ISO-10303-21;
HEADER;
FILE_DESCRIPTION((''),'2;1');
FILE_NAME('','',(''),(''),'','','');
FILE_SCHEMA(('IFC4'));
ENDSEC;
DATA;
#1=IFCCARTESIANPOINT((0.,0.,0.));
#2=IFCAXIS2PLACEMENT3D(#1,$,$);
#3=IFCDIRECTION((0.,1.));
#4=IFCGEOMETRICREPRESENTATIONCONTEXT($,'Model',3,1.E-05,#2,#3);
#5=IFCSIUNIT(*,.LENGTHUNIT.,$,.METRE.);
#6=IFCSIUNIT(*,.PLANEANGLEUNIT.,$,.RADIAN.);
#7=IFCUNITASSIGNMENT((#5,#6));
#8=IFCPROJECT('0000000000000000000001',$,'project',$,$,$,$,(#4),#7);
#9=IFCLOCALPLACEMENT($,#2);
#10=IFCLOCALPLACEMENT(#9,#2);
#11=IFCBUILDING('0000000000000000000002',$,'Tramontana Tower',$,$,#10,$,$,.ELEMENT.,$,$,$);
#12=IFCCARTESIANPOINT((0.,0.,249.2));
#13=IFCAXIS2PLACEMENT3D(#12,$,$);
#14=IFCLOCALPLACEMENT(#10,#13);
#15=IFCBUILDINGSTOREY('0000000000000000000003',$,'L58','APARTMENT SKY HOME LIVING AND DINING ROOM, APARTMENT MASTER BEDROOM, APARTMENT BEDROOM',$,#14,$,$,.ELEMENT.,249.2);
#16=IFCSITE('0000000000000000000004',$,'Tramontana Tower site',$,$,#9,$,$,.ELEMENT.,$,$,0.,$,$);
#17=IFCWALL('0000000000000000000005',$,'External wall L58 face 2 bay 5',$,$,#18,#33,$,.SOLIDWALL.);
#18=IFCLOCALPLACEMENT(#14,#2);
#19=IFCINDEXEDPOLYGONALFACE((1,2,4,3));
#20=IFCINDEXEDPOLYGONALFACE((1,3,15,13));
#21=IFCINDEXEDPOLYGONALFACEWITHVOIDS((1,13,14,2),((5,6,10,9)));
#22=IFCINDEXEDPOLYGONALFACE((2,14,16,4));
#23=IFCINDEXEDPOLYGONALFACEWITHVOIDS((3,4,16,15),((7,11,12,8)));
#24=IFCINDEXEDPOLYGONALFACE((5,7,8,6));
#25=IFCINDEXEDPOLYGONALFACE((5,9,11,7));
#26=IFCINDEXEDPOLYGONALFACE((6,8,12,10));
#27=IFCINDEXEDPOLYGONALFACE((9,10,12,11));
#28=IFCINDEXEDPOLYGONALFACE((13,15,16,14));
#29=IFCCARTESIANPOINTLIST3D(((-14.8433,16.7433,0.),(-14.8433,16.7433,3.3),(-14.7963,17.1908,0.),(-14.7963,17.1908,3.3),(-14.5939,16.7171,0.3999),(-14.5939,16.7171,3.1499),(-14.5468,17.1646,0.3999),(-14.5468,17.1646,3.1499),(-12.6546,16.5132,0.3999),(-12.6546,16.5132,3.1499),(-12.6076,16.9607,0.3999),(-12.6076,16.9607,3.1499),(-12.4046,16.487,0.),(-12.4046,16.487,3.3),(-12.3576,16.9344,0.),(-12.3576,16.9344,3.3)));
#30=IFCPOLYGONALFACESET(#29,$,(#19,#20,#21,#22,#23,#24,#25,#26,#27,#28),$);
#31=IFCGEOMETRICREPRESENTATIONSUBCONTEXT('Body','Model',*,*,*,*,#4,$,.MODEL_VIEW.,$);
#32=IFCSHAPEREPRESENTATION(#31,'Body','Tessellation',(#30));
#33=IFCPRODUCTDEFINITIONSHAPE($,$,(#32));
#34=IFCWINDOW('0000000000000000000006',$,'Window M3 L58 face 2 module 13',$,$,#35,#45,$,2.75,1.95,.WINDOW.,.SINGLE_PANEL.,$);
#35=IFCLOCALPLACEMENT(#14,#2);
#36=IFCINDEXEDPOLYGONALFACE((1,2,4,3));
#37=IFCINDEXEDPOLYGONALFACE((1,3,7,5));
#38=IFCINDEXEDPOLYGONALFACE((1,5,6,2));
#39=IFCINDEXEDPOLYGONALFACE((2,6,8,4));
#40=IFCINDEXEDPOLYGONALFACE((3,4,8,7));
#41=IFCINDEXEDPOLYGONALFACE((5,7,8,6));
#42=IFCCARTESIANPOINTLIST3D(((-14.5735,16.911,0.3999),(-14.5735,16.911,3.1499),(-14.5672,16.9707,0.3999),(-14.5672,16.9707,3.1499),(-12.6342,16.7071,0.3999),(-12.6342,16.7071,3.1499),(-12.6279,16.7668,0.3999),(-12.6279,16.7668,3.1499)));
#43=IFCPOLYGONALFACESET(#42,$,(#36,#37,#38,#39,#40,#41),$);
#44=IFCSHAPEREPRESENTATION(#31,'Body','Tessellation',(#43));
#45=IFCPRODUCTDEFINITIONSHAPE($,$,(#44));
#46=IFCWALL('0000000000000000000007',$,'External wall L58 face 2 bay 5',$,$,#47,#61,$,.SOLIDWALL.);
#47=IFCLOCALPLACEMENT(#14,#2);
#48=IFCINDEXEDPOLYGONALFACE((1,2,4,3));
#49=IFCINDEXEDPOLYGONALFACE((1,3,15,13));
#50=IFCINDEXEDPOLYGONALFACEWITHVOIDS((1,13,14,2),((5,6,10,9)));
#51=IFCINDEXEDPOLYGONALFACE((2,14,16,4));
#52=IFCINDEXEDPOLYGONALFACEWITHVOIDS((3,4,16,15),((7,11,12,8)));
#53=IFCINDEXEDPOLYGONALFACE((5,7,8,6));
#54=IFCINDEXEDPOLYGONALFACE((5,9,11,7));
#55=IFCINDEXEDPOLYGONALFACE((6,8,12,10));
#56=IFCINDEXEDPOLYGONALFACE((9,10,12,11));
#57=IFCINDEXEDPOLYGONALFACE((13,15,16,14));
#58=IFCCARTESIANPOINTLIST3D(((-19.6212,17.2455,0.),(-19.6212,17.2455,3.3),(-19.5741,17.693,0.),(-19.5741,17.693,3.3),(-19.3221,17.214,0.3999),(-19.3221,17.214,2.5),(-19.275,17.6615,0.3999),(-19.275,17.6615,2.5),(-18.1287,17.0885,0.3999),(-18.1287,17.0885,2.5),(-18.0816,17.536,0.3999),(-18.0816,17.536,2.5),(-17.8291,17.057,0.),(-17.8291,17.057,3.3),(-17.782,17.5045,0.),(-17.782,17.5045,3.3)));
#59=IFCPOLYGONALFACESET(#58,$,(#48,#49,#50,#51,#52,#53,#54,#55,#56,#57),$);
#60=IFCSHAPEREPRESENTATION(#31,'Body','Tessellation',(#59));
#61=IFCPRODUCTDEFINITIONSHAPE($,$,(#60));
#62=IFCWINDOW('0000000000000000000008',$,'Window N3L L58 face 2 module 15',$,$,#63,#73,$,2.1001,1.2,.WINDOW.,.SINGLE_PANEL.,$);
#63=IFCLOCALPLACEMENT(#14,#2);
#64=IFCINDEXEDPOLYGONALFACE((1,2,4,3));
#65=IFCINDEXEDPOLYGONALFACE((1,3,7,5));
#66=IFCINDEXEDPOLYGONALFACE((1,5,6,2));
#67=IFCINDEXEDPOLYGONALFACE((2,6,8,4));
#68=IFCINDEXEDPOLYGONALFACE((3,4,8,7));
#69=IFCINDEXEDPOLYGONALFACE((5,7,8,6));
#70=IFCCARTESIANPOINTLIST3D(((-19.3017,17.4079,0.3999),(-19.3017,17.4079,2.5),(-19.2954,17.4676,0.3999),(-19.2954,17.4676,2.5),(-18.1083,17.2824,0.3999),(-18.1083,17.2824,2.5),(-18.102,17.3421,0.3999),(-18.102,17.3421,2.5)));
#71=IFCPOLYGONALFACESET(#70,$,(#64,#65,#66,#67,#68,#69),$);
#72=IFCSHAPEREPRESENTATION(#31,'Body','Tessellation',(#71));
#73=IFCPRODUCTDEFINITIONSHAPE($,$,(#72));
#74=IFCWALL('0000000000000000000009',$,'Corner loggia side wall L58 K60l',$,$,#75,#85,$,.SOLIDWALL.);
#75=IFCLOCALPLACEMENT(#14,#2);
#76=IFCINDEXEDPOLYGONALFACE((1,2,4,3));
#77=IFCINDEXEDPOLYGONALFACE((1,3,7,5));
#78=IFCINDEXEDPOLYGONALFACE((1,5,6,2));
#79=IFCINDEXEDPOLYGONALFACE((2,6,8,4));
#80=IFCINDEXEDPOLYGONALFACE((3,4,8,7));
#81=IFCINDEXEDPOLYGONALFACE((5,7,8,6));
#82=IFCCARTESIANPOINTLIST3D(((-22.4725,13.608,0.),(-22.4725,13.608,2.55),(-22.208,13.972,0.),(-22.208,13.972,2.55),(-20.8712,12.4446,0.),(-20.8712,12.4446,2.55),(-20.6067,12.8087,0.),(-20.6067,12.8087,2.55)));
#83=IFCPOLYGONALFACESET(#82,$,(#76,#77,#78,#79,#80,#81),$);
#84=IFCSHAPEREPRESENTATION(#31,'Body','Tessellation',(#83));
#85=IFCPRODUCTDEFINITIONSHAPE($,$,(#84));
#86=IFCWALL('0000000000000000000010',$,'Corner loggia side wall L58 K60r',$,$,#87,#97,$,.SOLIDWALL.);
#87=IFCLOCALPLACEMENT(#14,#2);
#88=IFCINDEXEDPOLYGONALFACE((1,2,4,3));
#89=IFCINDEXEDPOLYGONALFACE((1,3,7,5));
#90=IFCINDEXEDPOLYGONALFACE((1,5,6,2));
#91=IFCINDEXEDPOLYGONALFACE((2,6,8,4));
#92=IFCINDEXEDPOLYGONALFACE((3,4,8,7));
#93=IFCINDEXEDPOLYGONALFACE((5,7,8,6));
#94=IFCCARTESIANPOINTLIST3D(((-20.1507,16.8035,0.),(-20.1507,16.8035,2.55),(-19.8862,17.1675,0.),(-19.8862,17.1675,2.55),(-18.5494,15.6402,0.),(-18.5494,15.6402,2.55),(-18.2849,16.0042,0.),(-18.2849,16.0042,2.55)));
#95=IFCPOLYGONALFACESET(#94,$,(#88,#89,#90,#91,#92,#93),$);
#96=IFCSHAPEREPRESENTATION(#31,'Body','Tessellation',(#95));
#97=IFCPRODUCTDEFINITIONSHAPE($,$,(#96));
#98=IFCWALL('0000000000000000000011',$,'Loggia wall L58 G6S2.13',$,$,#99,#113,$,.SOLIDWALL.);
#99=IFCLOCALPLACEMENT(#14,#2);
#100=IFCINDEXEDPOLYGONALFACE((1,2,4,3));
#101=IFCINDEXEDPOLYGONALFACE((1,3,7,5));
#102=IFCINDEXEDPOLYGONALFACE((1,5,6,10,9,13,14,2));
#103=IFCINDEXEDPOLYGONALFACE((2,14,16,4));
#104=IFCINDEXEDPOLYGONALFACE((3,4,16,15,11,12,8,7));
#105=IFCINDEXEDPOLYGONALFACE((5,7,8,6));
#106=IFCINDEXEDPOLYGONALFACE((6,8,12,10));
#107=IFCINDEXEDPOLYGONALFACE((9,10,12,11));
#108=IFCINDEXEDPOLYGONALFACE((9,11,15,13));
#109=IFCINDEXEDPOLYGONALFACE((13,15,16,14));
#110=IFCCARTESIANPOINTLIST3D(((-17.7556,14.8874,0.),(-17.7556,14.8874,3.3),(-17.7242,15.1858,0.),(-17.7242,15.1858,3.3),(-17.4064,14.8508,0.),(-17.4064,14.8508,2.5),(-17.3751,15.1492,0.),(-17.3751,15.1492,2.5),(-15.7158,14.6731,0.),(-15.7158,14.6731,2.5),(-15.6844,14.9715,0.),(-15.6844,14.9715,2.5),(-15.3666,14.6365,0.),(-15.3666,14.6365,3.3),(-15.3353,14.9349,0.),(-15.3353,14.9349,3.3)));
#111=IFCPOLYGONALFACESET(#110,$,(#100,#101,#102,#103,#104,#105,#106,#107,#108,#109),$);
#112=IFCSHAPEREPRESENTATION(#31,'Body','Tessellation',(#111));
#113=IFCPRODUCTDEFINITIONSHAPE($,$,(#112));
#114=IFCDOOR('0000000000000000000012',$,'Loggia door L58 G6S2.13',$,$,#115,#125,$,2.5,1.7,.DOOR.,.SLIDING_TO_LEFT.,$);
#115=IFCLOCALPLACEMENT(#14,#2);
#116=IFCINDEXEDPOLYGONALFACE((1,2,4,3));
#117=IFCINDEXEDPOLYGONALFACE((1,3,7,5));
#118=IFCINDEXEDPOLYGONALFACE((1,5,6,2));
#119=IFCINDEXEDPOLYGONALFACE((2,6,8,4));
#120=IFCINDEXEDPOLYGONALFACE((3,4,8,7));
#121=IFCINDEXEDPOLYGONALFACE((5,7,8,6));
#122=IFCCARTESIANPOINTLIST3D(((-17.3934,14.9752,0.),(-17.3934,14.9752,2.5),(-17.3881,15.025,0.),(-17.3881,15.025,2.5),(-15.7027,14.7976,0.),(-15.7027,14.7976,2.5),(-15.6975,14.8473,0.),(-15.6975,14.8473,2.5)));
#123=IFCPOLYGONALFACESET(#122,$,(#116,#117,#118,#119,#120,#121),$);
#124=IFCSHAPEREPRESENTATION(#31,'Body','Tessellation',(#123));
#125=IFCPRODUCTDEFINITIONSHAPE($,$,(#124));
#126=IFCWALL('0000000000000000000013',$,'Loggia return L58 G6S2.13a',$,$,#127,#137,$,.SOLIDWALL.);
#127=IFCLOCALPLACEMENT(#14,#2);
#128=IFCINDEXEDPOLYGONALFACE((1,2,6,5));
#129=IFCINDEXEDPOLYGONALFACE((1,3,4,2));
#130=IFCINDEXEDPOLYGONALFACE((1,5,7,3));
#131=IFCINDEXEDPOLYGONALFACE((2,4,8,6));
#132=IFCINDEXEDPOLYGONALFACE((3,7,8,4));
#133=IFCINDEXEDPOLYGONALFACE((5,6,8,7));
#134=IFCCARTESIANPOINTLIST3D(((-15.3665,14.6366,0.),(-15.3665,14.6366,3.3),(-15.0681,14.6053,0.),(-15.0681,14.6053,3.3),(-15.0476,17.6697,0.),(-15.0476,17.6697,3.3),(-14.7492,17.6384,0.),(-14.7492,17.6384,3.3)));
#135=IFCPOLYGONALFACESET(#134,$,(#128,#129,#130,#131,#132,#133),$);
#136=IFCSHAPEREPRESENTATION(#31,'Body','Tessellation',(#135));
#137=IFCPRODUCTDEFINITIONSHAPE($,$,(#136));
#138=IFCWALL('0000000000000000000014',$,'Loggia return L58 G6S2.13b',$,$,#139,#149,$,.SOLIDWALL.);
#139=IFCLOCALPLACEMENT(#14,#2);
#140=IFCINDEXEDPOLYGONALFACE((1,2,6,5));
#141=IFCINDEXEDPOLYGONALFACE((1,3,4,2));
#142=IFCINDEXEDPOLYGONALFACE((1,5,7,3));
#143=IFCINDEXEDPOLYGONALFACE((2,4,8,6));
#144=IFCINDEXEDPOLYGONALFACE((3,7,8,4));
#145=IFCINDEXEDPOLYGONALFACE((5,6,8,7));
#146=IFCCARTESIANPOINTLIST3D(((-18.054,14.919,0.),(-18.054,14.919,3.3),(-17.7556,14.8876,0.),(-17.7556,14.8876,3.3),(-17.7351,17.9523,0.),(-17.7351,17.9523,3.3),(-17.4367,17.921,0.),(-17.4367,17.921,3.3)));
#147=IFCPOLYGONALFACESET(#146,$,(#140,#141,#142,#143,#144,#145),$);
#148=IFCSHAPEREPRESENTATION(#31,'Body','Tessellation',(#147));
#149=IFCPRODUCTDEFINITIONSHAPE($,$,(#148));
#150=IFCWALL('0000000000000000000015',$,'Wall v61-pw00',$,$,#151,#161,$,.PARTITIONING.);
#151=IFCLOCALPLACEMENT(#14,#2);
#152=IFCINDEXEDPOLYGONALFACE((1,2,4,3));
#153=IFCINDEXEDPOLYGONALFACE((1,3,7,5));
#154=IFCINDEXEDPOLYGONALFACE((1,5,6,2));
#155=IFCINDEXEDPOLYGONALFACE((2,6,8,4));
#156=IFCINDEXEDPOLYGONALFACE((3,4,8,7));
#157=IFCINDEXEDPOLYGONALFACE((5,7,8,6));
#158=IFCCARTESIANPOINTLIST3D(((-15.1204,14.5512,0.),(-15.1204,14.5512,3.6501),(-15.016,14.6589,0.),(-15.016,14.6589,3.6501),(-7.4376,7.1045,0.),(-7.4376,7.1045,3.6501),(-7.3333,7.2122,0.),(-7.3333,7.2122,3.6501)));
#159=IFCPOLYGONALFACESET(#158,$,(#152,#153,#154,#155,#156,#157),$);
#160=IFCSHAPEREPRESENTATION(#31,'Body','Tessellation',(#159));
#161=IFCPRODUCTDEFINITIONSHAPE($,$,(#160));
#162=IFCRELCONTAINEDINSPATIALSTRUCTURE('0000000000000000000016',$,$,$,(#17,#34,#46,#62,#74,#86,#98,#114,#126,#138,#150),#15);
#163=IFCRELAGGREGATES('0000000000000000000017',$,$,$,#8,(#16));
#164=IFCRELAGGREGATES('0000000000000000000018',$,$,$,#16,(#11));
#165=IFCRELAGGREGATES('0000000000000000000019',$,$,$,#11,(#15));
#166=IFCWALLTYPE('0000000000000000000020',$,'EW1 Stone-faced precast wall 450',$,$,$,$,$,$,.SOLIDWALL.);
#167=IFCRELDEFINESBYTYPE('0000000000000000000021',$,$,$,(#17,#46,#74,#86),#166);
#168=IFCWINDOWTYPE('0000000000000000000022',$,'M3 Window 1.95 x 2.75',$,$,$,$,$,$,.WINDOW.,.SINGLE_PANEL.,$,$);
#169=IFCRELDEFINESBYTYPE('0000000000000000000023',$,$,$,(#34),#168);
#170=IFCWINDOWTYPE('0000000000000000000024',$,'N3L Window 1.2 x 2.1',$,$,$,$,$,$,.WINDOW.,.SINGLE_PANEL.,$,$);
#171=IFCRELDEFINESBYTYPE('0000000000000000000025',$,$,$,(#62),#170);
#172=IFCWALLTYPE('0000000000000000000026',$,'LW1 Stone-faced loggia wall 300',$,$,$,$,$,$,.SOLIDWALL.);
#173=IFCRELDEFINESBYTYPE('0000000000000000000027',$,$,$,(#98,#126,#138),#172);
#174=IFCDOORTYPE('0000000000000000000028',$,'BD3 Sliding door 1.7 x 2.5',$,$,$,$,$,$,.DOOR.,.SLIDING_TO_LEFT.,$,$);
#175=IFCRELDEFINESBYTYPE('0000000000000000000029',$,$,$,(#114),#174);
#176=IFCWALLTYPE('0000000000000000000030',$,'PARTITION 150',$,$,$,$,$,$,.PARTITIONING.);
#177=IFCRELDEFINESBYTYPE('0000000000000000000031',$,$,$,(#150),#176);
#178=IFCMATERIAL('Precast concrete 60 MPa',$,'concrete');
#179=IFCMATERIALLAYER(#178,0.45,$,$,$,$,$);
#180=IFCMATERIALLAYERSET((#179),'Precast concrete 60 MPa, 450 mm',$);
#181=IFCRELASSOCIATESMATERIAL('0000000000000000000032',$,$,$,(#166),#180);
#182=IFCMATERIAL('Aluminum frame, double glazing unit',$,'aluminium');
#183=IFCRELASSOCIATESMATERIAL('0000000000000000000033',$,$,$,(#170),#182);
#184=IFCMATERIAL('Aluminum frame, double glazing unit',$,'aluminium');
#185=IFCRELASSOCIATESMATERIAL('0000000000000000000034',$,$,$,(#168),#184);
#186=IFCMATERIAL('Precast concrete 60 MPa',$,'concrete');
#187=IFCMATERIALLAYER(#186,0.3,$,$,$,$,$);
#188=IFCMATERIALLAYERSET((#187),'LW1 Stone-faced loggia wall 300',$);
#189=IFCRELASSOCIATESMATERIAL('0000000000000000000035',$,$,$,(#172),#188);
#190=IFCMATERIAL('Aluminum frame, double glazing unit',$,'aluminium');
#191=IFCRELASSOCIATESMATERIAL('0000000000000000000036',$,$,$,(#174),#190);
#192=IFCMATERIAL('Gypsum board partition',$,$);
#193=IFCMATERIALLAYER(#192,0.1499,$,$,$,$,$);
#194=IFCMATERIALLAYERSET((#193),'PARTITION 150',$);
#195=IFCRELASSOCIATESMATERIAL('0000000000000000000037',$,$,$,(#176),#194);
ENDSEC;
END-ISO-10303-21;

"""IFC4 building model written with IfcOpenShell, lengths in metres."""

from ifc_helpers import new_model, si_unit, direction, frame, frame_2d, origin, place, context, subcontext, project, spatial, rectangle, extrude, material, layer, layer_set, type_object, element, fill, save


model = new_model("IFC4")

# Units and contexts
model_context = context("Model", 3, precision=1e-05, world=origin(), true_north=direction((0.0, 1.0)))
body_context = subcontext(model_context, "Body", "Model", "MODEL_VIEW")
ifc_project = project(units=[si_unit("LENGTHUNIT", "METRE"), si_unit("PLANEANGLEUNIT", "RADIAN")], contexts=[model_context])

# Site, building, storey
site_placement = place(None, origin())
site = spatial("IfcSite", under=ifc_project, at=site_placement, Name="Tramontana Tower site", CompositionType="ELEMENT", RefElevation=0.0)
building_placement = place(site_placement, origin())
building = spatial("IfcBuilding", under=site, at=building_placement, Name="Tramontana Tower", CompositionType="ELEMENT")
storey_placement = place(building_placement, frame((0.0, 0.0, 249.2)))
storey = spatial("IfcBuildingStorey", under=building, at=storey_placement, Name="L58", Description="APARTMENT SKY HOME LIVING AND DINING ROOM, APARTMENT MASTER BEDROOM, APARTMENT BEDROOM", CompositionType="ELEMENT", Elevation=249.2)

# Walls, openings, windows
ifc_material_1 = material(Name="Precast concrete 60 MPa", Category="concrete")
ifc_layer_1 = layer(ifc_material_1, 0.45)
ifc_layer_set_1 = layer_set([ifc_layer_1], Name="Precast concrete 60 MPa, 450 mm")
wall_type_1 = type_object("IfcWallType", Name="EW1 Stone-faced precast wall 450", PredefinedType="SOLIDWALL", material=ifc_layer_set_1)
ifc_material_2 = material(Name="Aluminum frame, double glazing unit", Category="aluminium")
window_type_1 = type_object("IfcWindowType", Name="N3L Window 1.2 x 2.1", PartitioningType="SINGLE_PANEL", PredefinedType="WINDOW", material=ifc_material_2)
wall_1_placement = place(storey_placement, frame((-12.3811, 16.7107, 0.0), z_axis=(0.0, 0.0, 1.0), x_axis=(-0.994521, 0.10454, 0.0)))
wall_1 = element("IfcWall", 1, at=wall_1_placement, inside=storey, type_object=wall_type_1, Name="External wall L58 face 2 bay 5", PredefinedType="SOLIDWALL", context=body_context, shape_type="SweptSolid", body=[
    extrude(rectangle(XDim=2.4521, YDim=0.45, at=frame_2d((1.2261, 0.0))), origin(), (0.0, 0.0, 1.0), 3.3),
])
opening_1_placement = place(wall_1_placement, frame((0.2512, 0.0, 0.3999)))
opening_1 = element("IfcOpeningElement", 2, at=opening_1_placement, cuts=wall_1, PredefinedType="OPENING", context=body_context, shape_type="SweptSolid", body=[
    extrude(rectangle(XDim=1.95, YDim=2.75, at=frame_2d((0.9751, 1.375))), frame((0.0, 0.2349, 0.0), z_axis=(0.0, -1.0, 0.0), x_axis=(1.0, 0.0, 0.0)), (0.0, 0.0, 1.0), 0.47),
])
ifc_material_3 = material(Name="Aluminum frame, double glazing unit", Category="aluminium")
window_type_2 = type_object("IfcWindowType", Name="M3 Window 1.95 x 2.75", PartitioningType="SINGLE_PANEL", PredefinedType="WINDOW", material=ifc_material_3)
window_1_placement = place(opening_1_placement, origin())
window_1 = element("IfcWindow", 3, at=window_1_placement, inside=storey, type_object=window_type_2, Name="Window M3 L58 face 2 module 13", OverallHeight=2.75, OverallWidth=1.95, PartitioningType="SINGLE_PANEL", PredefinedType="WINDOW", context=body_context, shape_type="SweptSolid", body=[
    extrude(rectangle(XDim=1.95, YDim=2.75, at=frame_2d((0.9751, 1.375))), frame((0.0, 0.03, 0.0), z_axis=(0.0, -1.0, 0.0), x_axis=(1.0, 0.0, 0.0)), (0.0, 0.0, 1.0), 0.0601),
])
fill(opening_1, window_1)
wall_2_placement = place(storey_placement, frame((-17.8057, 17.2808, 0.0), z_axis=(0.0, 0.0, 1.0), x_axis=(-0.994516, 0.104586, 0.0)))
wall_2 = element("IfcWall", 4, at=wall_2_placement, inside=storey, type_object=wall_type_1, Name="External wall L58 face 2 bay 5", PredefinedType="SOLIDWALL", context=body_context, shape_type="SweptSolid", body=[
    extrude(rectangle(XDim=1.802, YDim=0.45, at=frame_2d((0.9009, 0.0))), origin(), (0.0, 0.0, 1.0), 3.3),
])
opening_2_placement = place(wall_2_placement, frame((0.301, 0.0, 0.3999)))
opening_2 = element("IfcOpeningElement", 5, at=opening_2_placement, cuts=wall_2, PredefinedType="OPENING", context=body_context, shape_type="SweptSolid", body=[
    extrude(rectangle(XDim=1.2, YDim=2.1001, at=frame_2d((0.6001, 1.05))), frame((0.0, 0.2349, 0.0), z_axis=(0.0, -1.0, 0.0), x_axis=(1.0, 0.0, 0.0)), (0.0, 0.0, 1.0), 0.47),
])
window_2_placement = place(opening_2_placement, origin())
window_2 = element("IfcWindow", 6, at=window_2_placement, inside=storey, type_object=window_type_1, Name="Window N3L L58 face 2 module 15", OverallHeight=2.1001, OverallWidth=1.2, PartitioningType="SINGLE_PANEL", PredefinedType="WINDOW", context=body_context, shape_type="SweptSolid", body=[
    extrude(rectangle(XDim=1.2, YDim=2.1001, at=frame_2d((0.6001, 1.05))), frame((0.0, 0.03, 0.0), z_axis=(0.0, -1.0, 0.0), x_axis=(1.0, 0.0, 0.0)), (0.0, 0.0, 1.0), 0.0601),
])
fill(opening_2, window_2)

# Walls
for number, where, z_axis, x_axis, name in (
    (7, (-22.3403, 13.79, 0.0), (0.0, 0.0, 1.0), (0.80904, -0.587754, 0.0), "Corner loggia side wall L58 K60l"),
    (8, (-20.0186, 16.9856, 0.0), (0.0, 0.0, 1.0), (0.80904, -0.587754, 0.0), "Corner loggia side wall L58 K60r"),
):
    element("IfcWall", number, at=place(storey_placement, frame(where, z_axis=z_axis, x_axis=x_axis)), inside=storey, type_object=wall_type_1, Name=name, PredefinedType="SOLIDWALL", context=body_context, shape_type="SweptSolid", body=[
        extrude(rectangle(XDim=1.9792, YDim=0.45, at=frame_2d((0.9897, 0.0))), origin(), (0.0, 0.0, 1.0), 2.55),
    ])

# Wall, opening, door
ifc_material_4 = material(Name="Precast concrete 60 MPa", Category="concrete")
ifc_layer_2 = layer(ifc_material_4, 0.3)
ifc_layer_set_2 = layer_set([ifc_layer_2], Name="LW1 Stone-faced loggia wall 300")
wall_type_2 = type_object("IfcWallType", Name="LW1 Stone-faced loggia wall 300", PredefinedType="SOLIDWALL", material=ifc_layer_set_2)
wall_3_placement = place(storey_placement, frame((-15.3508, 14.7856, 0.0), z_axis=(0.0, 0.0, 1.0), x_axis=(-0.994527, 0.104484, 0.0)))
wall_3 = element("IfcWall", 9, at=wall_3_placement, inside=storey, type_object=wall_type_2, Name="Loggia wall L58 G6S2.13", PredefinedType="SOLIDWALL", context=body_context, shape_type="SweptSolid", body=[
    extrude(rectangle(XDim=2.4021, YDim=0.3, at=frame_2d((1.2012, 0.0))), origin(), (0.0, 0.0, 1.0), 3.3),
])
opening_3_placement = place(wall_3_placement, frame((0.3511, 0.0, 0.0)))
opening_3 = element("IfcOpeningElement", 10, at=opening_3_placement, cuts=wall_3, PredefinedType="OPENING", context=body_context, shape_type="SweptSolid", body=[
    extrude(rectangle(XDim=1.7, YDim=2.5, at=frame_2d((0.8501, 1.25))), frame((0.0, 0.1599, 0.0), z_axis=(0.0, -1.0, 0.0), x_axis=(1.0, 0.0, 0.0)), (0.0, 0.0, 1.0), 0.3201),
])
ifc_material_5 = material(Name="Aluminum frame, double glazing unit", Category="aluminium")
door_type_1 = type_object("IfcDoorType", Name="BD3 Sliding door 1.7 x 2.5", OperationType="SLIDING_TO_LEFT", PredefinedType="DOOR", material=ifc_material_5)
door_1_placement = place(opening_3_placement, origin())
door_1 = element("IfcDoor", 11, at=door_1_placement, inside=storey, type_object=door_type_1, Name="Loggia door L58 G6S2.13", OperationType="SLIDING_TO_LEFT", OverallHeight=2.5, OverallWidth=1.7, PredefinedType="DOOR", context=body_context, shape_type="SweptSolid", body=[
    extrude(rectangle(XDim=1.7, YDim=2.5, at=frame_2d((0.8501, 1.25))), frame((0.0, 0.0249, 0.0), z_axis=(0.0, -1.0, 0.0), x_axis=(1.0, 0.0, 0.0)), (0.0, 0.0, 1.0), 0.05),
])
fill(opening_3, door_1)

# Walls
wall_4_placement = place(storey_placement, frame((-14.8984, 17.6541, 0.0), z_axis=(0.0, 0.0, 1.0), x_axis=(-0.104543, -0.99452, 0.0)))
element("IfcWall", 12, at=wall_4_placement, inside=storey, type_object=wall_type_2, Name="Loggia return L58 G6S2.13a", PredefinedType="SOLIDWALL", context=body_context, shape_type="SweptSolid", body=[
    extrude(rectangle(XDim=3.0498, YDim=0.3, at=frame_2d((1.5249, 0.0))), origin(), (0.0, 0.0, 1.0), 3.3),
])
wall_5_placement = place(storey_placement, frame((-17.5859, 17.9365, 0.0), z_axis=(0.0, 0.0, 1.0), x_axis=(-0.104535, -0.994521, 0.0)))
element("IfcWall", 13, at=wall_5_placement, inside=storey, type_object=wall_type_2, Name="Loggia return L58 G6S2.13b", PredefinedType="SOLIDWALL", context=body_context, shape_type="SweptSolid", body=[
    extrude(rectangle(XDim=3.05, YDim=0.3, at=frame_2d((1.5249, 0.0))), origin(), (0.0, 0.0, 1.0), 3.3),
])
ifc_material_6 = material(Name="Gypsum board partition")
ifc_layer_3 = layer(ifc_material_6, 0.1499)
ifc_layer_set_3 = layer_set([ifc_layer_3], Name="PARTITION 150")
wall_type_3 = type_object("IfcWallType", Name="PARTITION 150", PredefinedType="PARTITIONING", material=ifc_layer_set_3)
wall_6_placement = place(storey_placement, frame((-15.0681, 14.605, 0.0), z_axis=(0.0, 0.0, 1.0), x_axis=(0.718053, -0.695988, 0.0)))
element("IfcWall", 14, at=wall_6_placement, inside=storey, type_object=wall_type_3, Name="Wall v61-pw00", PredefinedType="PARTITIONING", context=body_context, shape_type="SweptSolid", body=[
    extrude(rectangle(XDim=10.6995, YDim=0.1499, at=frame_2d((5.3496, 0.0))), origin(), (0.0, 0.0, 1.0), 3.6501),
])

save(model, "model.ifc")
